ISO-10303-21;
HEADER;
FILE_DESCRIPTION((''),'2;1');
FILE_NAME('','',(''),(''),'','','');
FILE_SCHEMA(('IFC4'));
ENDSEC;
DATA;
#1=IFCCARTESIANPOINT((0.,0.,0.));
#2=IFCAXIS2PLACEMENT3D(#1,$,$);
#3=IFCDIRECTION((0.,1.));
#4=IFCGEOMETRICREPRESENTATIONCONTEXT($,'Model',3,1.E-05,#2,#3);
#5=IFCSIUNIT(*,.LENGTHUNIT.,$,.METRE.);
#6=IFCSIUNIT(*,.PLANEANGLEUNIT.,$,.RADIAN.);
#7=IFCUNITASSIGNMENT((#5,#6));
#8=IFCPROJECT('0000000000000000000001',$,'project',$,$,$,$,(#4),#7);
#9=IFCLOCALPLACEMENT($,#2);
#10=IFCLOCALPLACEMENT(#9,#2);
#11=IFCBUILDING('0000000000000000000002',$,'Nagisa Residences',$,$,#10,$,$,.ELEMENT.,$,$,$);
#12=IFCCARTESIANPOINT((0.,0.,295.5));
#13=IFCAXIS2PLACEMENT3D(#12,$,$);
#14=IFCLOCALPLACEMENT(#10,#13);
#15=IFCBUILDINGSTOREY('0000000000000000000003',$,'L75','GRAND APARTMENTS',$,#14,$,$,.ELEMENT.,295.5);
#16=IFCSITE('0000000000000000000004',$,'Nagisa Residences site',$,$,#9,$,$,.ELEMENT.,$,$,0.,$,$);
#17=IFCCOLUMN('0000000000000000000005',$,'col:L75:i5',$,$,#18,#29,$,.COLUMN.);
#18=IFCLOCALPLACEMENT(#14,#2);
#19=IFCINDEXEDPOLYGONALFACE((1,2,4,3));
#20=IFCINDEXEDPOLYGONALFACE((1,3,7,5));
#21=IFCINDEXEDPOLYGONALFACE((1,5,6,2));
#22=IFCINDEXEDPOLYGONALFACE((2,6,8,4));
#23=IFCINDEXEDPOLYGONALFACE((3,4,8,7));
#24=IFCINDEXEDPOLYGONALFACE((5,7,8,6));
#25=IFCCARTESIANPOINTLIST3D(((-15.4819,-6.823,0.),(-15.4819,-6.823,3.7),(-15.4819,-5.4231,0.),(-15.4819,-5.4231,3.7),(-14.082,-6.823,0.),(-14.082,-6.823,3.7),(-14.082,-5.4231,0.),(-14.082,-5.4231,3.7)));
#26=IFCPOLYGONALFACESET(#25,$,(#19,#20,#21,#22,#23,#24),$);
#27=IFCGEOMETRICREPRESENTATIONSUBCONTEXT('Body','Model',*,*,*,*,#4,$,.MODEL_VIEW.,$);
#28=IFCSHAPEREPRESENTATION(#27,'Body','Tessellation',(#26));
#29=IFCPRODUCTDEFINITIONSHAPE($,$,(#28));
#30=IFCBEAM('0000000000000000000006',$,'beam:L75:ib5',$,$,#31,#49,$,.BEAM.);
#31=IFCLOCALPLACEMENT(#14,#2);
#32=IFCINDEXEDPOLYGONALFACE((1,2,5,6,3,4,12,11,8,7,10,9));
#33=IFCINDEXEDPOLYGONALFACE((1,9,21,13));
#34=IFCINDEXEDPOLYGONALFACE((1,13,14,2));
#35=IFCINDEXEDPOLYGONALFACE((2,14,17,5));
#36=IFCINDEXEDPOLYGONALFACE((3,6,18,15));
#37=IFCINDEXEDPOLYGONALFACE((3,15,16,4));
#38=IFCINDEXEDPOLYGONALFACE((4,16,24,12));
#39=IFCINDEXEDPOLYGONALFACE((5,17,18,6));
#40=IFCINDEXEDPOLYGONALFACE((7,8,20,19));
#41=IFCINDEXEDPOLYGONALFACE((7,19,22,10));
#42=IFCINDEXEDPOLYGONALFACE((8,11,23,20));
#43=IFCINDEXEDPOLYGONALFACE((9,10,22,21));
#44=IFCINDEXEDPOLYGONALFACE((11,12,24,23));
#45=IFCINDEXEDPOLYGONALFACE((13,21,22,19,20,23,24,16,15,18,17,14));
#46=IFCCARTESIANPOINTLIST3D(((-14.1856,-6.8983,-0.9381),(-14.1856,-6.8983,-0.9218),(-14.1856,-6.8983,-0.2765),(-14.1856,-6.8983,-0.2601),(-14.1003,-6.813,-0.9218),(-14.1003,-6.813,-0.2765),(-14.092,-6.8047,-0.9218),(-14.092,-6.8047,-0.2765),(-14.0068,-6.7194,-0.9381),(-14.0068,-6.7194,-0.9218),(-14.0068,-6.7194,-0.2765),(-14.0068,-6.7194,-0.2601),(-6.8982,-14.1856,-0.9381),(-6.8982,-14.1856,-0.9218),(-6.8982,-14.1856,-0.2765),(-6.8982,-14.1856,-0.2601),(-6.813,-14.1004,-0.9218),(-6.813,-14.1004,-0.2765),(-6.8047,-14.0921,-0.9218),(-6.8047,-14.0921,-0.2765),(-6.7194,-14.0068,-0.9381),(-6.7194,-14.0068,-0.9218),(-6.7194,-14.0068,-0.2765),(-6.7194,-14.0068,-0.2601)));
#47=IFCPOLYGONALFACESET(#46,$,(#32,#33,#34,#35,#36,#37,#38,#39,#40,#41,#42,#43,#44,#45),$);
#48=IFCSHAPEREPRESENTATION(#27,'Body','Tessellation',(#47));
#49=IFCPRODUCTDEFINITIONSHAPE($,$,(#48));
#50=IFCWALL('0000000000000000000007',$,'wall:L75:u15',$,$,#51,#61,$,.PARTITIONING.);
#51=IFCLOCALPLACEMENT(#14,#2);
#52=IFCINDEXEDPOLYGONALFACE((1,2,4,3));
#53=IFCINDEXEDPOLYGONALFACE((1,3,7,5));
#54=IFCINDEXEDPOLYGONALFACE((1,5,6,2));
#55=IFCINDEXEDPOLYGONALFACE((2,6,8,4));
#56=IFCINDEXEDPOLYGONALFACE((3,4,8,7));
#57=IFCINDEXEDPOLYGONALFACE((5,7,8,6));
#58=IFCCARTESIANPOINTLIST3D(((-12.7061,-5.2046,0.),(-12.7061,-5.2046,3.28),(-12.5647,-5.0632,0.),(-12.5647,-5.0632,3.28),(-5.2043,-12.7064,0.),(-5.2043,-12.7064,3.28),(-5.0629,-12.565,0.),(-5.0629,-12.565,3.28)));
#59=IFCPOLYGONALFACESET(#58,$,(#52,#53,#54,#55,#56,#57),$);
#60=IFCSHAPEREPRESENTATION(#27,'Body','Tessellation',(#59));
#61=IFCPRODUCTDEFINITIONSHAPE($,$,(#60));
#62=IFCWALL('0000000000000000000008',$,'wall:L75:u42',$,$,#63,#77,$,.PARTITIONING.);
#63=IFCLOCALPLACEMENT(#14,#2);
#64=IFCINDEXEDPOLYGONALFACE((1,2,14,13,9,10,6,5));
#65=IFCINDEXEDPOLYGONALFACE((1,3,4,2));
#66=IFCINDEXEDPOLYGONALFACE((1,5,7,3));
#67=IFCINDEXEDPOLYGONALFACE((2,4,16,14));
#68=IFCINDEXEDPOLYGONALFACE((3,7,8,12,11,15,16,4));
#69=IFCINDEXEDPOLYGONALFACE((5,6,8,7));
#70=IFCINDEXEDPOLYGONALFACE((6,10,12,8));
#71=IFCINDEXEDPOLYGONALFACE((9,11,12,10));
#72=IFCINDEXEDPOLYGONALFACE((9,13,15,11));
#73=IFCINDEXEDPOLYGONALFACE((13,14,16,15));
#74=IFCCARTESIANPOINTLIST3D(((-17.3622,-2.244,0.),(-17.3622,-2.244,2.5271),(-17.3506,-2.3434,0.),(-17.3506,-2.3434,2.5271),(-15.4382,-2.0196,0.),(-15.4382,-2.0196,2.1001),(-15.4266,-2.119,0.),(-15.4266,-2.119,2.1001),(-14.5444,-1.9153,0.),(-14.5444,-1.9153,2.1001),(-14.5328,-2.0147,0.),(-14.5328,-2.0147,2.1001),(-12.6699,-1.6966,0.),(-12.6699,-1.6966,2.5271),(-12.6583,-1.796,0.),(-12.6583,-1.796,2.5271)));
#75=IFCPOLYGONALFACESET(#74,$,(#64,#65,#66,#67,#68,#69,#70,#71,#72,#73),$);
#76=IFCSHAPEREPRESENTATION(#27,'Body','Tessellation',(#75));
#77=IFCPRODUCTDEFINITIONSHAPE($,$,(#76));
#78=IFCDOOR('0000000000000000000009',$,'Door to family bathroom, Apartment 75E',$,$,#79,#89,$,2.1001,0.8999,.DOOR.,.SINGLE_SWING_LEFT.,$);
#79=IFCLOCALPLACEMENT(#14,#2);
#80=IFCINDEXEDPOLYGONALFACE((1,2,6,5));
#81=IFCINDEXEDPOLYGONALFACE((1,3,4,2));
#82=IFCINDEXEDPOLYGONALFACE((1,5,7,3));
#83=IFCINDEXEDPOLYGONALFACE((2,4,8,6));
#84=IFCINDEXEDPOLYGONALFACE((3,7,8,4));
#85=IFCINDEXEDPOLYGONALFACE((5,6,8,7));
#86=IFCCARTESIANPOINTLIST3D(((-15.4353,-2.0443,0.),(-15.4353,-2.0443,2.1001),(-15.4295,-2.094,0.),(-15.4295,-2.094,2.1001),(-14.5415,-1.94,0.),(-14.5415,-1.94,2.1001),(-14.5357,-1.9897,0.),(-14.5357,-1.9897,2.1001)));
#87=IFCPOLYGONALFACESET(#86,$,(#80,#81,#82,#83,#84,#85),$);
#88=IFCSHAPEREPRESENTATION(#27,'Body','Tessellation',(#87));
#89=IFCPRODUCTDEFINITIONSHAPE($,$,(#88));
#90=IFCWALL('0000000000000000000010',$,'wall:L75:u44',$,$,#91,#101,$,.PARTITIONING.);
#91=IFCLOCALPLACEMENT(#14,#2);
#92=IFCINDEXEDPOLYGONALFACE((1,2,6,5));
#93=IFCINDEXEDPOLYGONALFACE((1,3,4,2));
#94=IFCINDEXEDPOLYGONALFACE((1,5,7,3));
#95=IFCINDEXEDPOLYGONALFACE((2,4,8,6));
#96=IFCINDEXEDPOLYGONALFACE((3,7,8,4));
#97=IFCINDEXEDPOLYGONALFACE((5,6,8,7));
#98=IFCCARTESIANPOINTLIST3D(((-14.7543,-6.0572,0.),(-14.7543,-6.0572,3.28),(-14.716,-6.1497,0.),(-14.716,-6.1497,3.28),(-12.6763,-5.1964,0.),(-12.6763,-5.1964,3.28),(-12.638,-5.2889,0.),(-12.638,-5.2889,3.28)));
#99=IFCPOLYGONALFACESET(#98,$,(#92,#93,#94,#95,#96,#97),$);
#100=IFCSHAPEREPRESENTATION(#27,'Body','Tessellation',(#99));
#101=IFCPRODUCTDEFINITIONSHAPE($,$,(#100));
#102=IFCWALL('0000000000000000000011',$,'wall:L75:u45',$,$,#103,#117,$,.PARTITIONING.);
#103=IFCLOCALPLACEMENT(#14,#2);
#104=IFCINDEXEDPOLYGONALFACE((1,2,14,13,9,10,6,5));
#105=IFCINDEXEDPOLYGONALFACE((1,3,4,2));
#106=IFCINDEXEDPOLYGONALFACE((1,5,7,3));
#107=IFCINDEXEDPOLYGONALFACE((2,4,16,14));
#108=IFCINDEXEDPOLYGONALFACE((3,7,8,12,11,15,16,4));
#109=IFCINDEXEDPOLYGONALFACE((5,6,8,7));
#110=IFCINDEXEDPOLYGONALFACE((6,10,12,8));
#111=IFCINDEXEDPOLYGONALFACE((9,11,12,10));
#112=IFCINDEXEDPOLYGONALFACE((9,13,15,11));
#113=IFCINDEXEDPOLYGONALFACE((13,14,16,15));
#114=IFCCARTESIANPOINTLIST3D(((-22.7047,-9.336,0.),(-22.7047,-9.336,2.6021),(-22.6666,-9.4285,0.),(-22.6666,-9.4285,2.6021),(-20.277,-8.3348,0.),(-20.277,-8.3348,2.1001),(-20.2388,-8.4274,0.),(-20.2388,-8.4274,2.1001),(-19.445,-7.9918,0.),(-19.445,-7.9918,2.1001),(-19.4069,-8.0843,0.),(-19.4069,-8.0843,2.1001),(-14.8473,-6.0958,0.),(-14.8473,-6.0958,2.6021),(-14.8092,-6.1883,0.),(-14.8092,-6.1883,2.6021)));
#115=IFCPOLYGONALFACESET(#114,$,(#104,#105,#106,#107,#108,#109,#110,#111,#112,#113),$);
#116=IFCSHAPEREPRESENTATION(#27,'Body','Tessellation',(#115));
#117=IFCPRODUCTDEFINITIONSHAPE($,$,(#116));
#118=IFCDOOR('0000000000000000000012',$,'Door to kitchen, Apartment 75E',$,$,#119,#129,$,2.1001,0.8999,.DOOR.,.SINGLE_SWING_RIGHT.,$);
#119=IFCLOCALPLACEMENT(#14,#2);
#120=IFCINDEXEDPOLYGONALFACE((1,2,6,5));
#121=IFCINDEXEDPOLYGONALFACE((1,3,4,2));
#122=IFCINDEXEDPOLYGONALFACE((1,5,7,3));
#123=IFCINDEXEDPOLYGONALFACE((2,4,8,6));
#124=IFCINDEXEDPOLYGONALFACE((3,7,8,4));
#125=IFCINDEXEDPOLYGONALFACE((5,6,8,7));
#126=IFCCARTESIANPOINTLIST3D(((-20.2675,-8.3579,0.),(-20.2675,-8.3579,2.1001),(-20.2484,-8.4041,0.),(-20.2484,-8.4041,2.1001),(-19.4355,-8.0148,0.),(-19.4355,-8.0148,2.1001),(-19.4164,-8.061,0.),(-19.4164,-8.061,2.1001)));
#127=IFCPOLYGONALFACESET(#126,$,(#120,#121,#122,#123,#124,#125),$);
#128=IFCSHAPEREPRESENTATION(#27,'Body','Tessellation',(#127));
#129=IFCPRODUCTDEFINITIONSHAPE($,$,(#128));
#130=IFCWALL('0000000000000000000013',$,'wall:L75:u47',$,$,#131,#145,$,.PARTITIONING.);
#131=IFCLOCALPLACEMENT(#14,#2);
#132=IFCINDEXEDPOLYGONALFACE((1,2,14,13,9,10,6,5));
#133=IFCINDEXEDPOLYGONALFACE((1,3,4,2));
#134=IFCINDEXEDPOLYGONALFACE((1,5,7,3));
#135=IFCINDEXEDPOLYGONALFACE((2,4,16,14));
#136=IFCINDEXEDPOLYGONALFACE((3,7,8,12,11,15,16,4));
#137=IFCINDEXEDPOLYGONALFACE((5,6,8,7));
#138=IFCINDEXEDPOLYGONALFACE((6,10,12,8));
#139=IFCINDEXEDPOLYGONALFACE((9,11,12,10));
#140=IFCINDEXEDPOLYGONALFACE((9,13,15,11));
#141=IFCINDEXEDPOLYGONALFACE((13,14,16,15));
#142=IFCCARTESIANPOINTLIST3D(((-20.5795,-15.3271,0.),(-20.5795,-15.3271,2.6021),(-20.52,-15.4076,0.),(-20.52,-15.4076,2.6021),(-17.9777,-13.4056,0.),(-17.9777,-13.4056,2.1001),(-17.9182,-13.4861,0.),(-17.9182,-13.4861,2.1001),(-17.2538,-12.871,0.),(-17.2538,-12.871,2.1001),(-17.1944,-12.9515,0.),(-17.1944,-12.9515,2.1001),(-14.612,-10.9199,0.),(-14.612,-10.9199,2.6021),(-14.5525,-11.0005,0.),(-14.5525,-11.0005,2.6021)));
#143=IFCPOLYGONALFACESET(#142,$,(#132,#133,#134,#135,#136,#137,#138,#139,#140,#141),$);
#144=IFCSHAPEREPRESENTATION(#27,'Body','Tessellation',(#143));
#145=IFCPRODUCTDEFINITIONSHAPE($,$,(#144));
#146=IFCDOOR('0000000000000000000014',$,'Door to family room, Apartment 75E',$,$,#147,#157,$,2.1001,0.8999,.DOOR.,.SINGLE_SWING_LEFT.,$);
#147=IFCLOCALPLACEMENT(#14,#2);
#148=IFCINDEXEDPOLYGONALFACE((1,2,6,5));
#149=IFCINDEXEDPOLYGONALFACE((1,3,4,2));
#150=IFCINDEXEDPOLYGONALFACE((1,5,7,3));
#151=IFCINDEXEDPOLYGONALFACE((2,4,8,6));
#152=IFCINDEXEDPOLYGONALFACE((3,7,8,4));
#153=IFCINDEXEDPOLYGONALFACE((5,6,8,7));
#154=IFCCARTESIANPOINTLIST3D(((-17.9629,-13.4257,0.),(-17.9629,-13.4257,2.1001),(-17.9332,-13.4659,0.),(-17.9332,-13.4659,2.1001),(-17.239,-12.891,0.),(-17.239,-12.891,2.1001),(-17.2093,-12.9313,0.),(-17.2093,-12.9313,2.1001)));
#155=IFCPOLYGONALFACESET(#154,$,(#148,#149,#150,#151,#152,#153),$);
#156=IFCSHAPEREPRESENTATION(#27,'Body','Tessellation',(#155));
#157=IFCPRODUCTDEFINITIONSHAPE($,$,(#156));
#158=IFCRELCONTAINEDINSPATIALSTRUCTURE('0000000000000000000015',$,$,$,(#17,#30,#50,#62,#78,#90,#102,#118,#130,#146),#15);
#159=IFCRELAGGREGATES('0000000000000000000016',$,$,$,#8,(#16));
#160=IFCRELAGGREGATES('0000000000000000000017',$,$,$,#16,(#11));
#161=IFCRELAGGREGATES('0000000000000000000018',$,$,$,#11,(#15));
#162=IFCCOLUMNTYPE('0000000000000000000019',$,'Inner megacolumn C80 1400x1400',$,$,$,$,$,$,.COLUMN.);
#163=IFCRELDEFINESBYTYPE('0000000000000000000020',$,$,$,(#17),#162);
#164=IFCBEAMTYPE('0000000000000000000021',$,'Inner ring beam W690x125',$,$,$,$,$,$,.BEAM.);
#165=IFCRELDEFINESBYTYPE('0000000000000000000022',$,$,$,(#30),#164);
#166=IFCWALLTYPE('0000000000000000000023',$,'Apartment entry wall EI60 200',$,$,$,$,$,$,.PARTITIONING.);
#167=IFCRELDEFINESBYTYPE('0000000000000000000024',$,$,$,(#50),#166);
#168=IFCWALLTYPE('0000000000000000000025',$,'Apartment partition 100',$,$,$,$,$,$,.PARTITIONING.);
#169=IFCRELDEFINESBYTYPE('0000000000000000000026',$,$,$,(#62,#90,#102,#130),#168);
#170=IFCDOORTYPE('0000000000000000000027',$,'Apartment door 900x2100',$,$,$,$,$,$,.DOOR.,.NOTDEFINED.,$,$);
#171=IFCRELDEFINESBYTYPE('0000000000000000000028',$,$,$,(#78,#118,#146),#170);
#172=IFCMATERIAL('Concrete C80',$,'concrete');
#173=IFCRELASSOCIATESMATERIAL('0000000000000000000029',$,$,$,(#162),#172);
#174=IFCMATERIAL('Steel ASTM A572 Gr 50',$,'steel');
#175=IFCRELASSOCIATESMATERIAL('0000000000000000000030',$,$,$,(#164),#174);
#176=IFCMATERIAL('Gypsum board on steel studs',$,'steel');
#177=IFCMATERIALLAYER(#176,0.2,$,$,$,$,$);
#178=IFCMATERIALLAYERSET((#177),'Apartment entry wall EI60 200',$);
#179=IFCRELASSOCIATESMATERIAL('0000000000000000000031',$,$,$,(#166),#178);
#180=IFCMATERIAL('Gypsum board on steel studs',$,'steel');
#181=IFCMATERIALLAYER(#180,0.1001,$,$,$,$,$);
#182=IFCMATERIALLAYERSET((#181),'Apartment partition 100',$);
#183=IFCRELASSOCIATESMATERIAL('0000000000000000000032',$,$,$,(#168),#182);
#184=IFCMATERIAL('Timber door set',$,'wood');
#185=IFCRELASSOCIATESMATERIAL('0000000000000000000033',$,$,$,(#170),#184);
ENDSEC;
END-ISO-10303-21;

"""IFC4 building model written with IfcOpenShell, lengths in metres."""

from ifc_helpers import new_model, si_unit, direction, frame, frame_2d, origin, origin_2d, place, context, subcontext, project, spatial, rectangle, i_section, extrude, material, layer, layer_set, material_profile, profile_set, type_object, element, fill, save


model = new_model("IFC4")

# Units and contexts
model_context = context("Model", 3, precision=1e-05, world=origin(), true_north=direction((0.0, 1.0)))
body_context = subcontext(model_context, "Body", "Model", "MODEL_VIEW")
ifc_project = project(units=[si_unit("LENGTHUNIT", "METRE"), si_unit("PLANEANGLEUNIT", "RADIAN")], contexts=[model_context])

# Site, building, storey
site_placement = place(None, origin())
site = spatial("IfcSite", under=ifc_project, at=site_placement, Name="Nagisa Residences site", CompositionType="ELEMENT", RefElevation=0.0)
building_placement = place(site_placement, origin())
building = spatial("IfcBuilding", under=site, at=building_placement, Name="Nagisa Residences", CompositionType="ELEMENT")
storey_placement = place(building_placement, frame((0.0, 0.0, 295.5)))
storey = spatial("IfcBuildingStorey", under=building, at=storey_placement, Name="L75", Description="GRAND APARTMENTS", CompositionType="ELEMENT", Elevation=295.5)

# Column
ifc_material_1 = material(Name="Concrete C80", Category="concrete")
ifc_material_profile_1 = material_profile(ifc_material_1, rectangle(XDim=1.3999, YDim=1.3999, at=origin_2d()), Name="C80 1400x1400")
ifc_profile_set_1 = profile_set([ifc_material_profile_1], Name="Concrete C80")
column_type = type_object("IfcColumnType", Name="Inner megacolumn C80 1400x1400", PredefinedType="COLUMN", material=ifc_profile_set_1)
column_placement = place(storey_placement, frame((-14.782, -6.123, 0.0), z_axis=(0.0, 0.0, 1.0), x_axis=(1.0, 0.0, 0.0)))
element("IfcColumn", 1, at=column_placement, inside=storey, type_object=column_type, Name="col:L75:i5", PredefinedType="COLUMN", context=body_context, shape_type="SweptSolid", body=[
    extrude(rectangle(XDim=1.3999, YDim=1.3999, at=origin_2d()), origin(), (0.0, 0.0, 1.0), 3.7),
])

# Beam
ifc_material_2 = material(Name="Steel ASTM A572 Gr 50", Category="steel")
ifc_material_profile_2 = material_profile(ifc_material_2, i_section(OverallWidth=0.2529, OverallDepth=0.678, WebThickness=0.0117, FlangeThickness=0.0164, at=origin_2d()), Name="W690x125")
ifc_profile_set_2 = profile_set([ifc_material_profile_2], Name="Steel ASTM A572 Gr 50")
beam_type = type_object("IfcBeamType", Name="Inner ring beam W690x125", PredefinedType="BEAM", material=ifc_profile_set_2)
beam_placement = place(storey_placement, frame((-14.0962, -6.8088, -0.5991), z_axis=(0.707107, -0.707107, 0.0), x_axis=(0.707107, 0.707107, 0.0)))
element("IfcBeam", 2, at=beam_placement, inside=storey, type_object=beam_type, Name="beam:L75:ib5", PredefinedType="BEAM", context=body_context, shape_type="SweptSolid", body=[
    extrude(i_section(OverallWidth=0.2529, OverallDepth=0.678, WebThickness=0.0117, FlangeThickness=0.0164, at=origin_2d()), origin(), (0.0, 0.0, 1.0), 10.3059),
])

# Wall
ifc_material_3 = material(Name="Gypsum board on steel studs", Category="steel")
ifc_layer_1 = layer(ifc_material_3, 0.2)
ifc_layer_set_1 = layer_set([ifc_layer_1], Name="Apartment entry wall EI60 200")
wall_type_1 = type_object("IfcWallType", Name="Apartment entry wall EI60 200", PredefinedType="PARTITIONING", material=ifc_layer_set_1)
wall_1_placement = place(storey_placement, frame((-12.6355, -5.1338, 0.0), z_axis=(0.0, 0.0, 1.0), x_axis=(0.707107, -0.707107, 0.0)))
element("IfcWall", 3, at=wall_1_placement, inside=storey, type_object=wall_type_1, Name="wall:L75:u15", PredefinedType="PARTITIONING", context=body_context, shape_type="SweptSolid", body=[
    extrude(rectangle(XDim=10.6091, YDim=0.2, at=frame_2d((5.3047, 0.0))), origin(), (0.0, 0.0, 1.0), 3.28),
])

# Wall, opening, door
ifc_material_4 = material(Name="Gypsum board on steel studs", Category="steel")
ifc_layer_2 = layer(ifc_material_4, 0.1001)
ifc_layer_set_2 = layer_set([ifc_layer_2], Name="Apartment partition 100")
wall_type_2 = type_object("IfcWallType", Name="Apartment partition 100", PredefinedType="PARTITIONING", material=ifc_layer_set_2)
wall_2_placement = place(storey_placement, frame((-12.6641, -1.7463, 0.0), z_axis=(0.0, 0.0, 1.0), x_axis=(-0.993265, -0.115864, 0.0)))
wall_2 = element("IfcWall", 4, at=wall_2_placement, inside=storey, type_object=wall_type_2, Name="wall:L75:u42", PredefinedType="PARTITIONING", context=body_context, shape_type="SweptSolid", body=[
    extrude(rectangle(XDim=4.7241, YDim=0.1001, at=frame_2d((2.3621, 0.0))), origin(), (0.0, 0.0, 1.0), 2.5271),
])
opening_1_placement = place(wall_2_placement, frame((1.8872, 0.0, 0.0)))
opening_1 = element("IfcOpeningElement", 5, at=opening_1_placement, cuts=wall_2, PredefinedType="OPENING", context=body_context, shape_type="SweptSolid", body=[
    extrude(rectangle(XDim=0.8999, YDim=2.1001, at=frame_2d((0.45, 1.05))), frame((0.0, 0.0601, 0.0), z_axis=(0.0, -1.0, 0.0), x_axis=(1.0, 0.0, 0.0)), (0.0, 0.0, 1.0), 0.1201),
])
ifc_material_5 = material(Name="Timber door set", Category="wood")
door_type = type_object("IfcDoorType", Name="Apartment door 900x2100", OperationType="NOTDEFINED", PredefinedType="DOOR", material=ifc_material_5)
door_1_placement = place(opening_1_placement, origin())
door_1 = element("IfcDoor", 6, at=door_1_placement, inside=storey, type_object=door_type, Name="Door to family bathroom, Apartment 75E", OperationType="SINGLE_SWING_LEFT", OverallHeight=2.1001, OverallWidth=0.8999, PredefinedType="DOOR", context=body_context, shape_type="SweptSolid", body=[
    extrude(rectangle(XDim=0.8999, YDim=2.1001, at=frame_2d((0.45, 1.05))), frame((0.0, 0.0249, 0.0), z_axis=(0.0, -1.0, 0.0), x_axis=(1.0, 0.0, 0.0)), (0.0, 0.0, 1.0), 0.05),
])
fill(opening_1, door_1)

# Wall
wall_3_placement = place(storey_placement, frame((-12.6572, -5.2427, 0.0), z_axis=(0.0, 0.0, 1.0), x_axis=(-0.923871, -0.382703, 0.0)))
element("IfcWall", 7, at=wall_3_placement, inside=storey, type_object=wall_type_2, Name="wall:L75:u44", PredefinedType="PARTITIONING", context=body_context, shape_type="SweptSolid", body=[
    extrude(rectangle(XDim=2.2493, YDim=0.1001, at=frame_2d((1.1245, 0.0))), origin(), (0.0, 0.0, 1.0), 3.28),
])

# Walls, openings, doors
wall_4_placement = place(storey_placement, frame((-14.8284, -6.1421, 0.0), z_axis=(0.0, 0.0, 1.0), x_axis=(-0.924478, -0.381235, 0.0)))
wall_4 = element("IfcWall", 8, at=wall_4_placement, inside=storey, type_object=wall_type_2, Name="wall:L75:u45", PredefinedType="PARTITIONING", context=body_context, shape_type="SweptSolid", body=[
    extrude(rectangle(XDim=8.4993, YDim=0.1001, at=frame_2d((4.2495, 0.0))), origin(), (0.0, 0.0, 1.0), 2.6021),
])
opening_2_placement = place(wall_4_placement, frame((4.9731, 0.0, 0.0)))
opening_2 = element("IfcOpeningElement", 9, at=opening_2_placement, cuts=wall_4, PredefinedType="OPENING", context=body_context, shape_type="SweptSolid", body=[
    extrude(rectangle(XDim=0.8999, YDim=2.1001, at=frame_2d((0.45, 1.05))), frame((0.0, 0.0601, 0.0), z_axis=(0.0, -1.0, 0.0), x_axis=(1.0, 0.0, 0.0)), (0.0, 0.0, 1.0), 0.1201),
])
door_2_placement = place(opening_2_placement, origin())
door_2 = element("IfcDoor", 10, at=door_2_placement, inside=storey, type_object=door_type, Name="Door to kitchen, Apartment 75E", OperationType="SINGLE_SWING_RIGHT", OverallHeight=2.1001, OverallWidth=0.8999, PredefinedType="DOOR", context=body_context, shape_type="SweptSolid", body=[
    extrude(rectangle(XDim=0.8999, YDim=2.1001, at=frame_2d((0.45, 1.05))), frame((0.0, 0.0249, 0.0), z_axis=(0.0, -1.0, 0.0), x_axis=(1.0, 0.0, 0.0)), (0.0, 0.0, 1.0), 0.05),
])
fill(opening_2, door_2)
wall_5_placement = place(storey_placement, frame((-14.5823, -10.9602, 0.0), z_axis=(0.0, 0.0, 1.0), x_axis=(-0.804405, -0.594081, 0.0)))
wall_5 = element("IfcWall", 11, at=wall_5_placement, inside=storey, type_object=wall_type_2, Name="wall:L75:u47", PredefinedType="PARTITIONING", context=body_context, shape_type="SweptSolid", body=[
    extrude(rectangle(XDim=7.4185, YDim=0.1001, at=frame_2d((3.7092, 0.0))), origin(), (0.0, 0.0, 1.0), 2.6021),
])
opening_3_placement = place(wall_5_placement, frame((3.2842, 0.0, 0.0)))
opening_3 = element("IfcOpeningElement", 12, at=opening_3_placement, cuts=wall_5, PredefinedType="OPENING", context=body_context, shape_type="SweptSolid", body=[
    extrude(rectangle(XDim=0.8999, YDim=2.1001, at=frame_2d((0.45, 1.05))), frame((0.0, 0.0601, 0.0), z_axis=(0.0, -1.0, 0.0), x_axis=(1.0, 0.0, 0.0)), (0.0, 0.0, 1.0), 0.1201),
])
door_3_placement = place(opening_3_placement, origin())
door_3 = element("IfcDoor", 13, at=door_3_placement, inside=storey, type_object=door_type, Name="Door to family room, Apartment 75E", OperationType="SINGLE_SWING_LEFT", OverallHeight=2.1001, OverallWidth=0.8999, PredefinedType="DOOR", context=body_context, shape_type="SweptSolid", body=[
    extrude(rectangle(XDim=0.8999, YDim=2.1001, at=frame_2d((0.45, 1.05))), frame((0.0, 0.0249, 0.0), z_axis=(0.0, -1.0, 0.0), x_axis=(1.0, 0.0, 0.0)), (0.0, 0.0, 1.0), 0.05),
])
fill(opening_3, door_3)

save(model, "model.ifc")
